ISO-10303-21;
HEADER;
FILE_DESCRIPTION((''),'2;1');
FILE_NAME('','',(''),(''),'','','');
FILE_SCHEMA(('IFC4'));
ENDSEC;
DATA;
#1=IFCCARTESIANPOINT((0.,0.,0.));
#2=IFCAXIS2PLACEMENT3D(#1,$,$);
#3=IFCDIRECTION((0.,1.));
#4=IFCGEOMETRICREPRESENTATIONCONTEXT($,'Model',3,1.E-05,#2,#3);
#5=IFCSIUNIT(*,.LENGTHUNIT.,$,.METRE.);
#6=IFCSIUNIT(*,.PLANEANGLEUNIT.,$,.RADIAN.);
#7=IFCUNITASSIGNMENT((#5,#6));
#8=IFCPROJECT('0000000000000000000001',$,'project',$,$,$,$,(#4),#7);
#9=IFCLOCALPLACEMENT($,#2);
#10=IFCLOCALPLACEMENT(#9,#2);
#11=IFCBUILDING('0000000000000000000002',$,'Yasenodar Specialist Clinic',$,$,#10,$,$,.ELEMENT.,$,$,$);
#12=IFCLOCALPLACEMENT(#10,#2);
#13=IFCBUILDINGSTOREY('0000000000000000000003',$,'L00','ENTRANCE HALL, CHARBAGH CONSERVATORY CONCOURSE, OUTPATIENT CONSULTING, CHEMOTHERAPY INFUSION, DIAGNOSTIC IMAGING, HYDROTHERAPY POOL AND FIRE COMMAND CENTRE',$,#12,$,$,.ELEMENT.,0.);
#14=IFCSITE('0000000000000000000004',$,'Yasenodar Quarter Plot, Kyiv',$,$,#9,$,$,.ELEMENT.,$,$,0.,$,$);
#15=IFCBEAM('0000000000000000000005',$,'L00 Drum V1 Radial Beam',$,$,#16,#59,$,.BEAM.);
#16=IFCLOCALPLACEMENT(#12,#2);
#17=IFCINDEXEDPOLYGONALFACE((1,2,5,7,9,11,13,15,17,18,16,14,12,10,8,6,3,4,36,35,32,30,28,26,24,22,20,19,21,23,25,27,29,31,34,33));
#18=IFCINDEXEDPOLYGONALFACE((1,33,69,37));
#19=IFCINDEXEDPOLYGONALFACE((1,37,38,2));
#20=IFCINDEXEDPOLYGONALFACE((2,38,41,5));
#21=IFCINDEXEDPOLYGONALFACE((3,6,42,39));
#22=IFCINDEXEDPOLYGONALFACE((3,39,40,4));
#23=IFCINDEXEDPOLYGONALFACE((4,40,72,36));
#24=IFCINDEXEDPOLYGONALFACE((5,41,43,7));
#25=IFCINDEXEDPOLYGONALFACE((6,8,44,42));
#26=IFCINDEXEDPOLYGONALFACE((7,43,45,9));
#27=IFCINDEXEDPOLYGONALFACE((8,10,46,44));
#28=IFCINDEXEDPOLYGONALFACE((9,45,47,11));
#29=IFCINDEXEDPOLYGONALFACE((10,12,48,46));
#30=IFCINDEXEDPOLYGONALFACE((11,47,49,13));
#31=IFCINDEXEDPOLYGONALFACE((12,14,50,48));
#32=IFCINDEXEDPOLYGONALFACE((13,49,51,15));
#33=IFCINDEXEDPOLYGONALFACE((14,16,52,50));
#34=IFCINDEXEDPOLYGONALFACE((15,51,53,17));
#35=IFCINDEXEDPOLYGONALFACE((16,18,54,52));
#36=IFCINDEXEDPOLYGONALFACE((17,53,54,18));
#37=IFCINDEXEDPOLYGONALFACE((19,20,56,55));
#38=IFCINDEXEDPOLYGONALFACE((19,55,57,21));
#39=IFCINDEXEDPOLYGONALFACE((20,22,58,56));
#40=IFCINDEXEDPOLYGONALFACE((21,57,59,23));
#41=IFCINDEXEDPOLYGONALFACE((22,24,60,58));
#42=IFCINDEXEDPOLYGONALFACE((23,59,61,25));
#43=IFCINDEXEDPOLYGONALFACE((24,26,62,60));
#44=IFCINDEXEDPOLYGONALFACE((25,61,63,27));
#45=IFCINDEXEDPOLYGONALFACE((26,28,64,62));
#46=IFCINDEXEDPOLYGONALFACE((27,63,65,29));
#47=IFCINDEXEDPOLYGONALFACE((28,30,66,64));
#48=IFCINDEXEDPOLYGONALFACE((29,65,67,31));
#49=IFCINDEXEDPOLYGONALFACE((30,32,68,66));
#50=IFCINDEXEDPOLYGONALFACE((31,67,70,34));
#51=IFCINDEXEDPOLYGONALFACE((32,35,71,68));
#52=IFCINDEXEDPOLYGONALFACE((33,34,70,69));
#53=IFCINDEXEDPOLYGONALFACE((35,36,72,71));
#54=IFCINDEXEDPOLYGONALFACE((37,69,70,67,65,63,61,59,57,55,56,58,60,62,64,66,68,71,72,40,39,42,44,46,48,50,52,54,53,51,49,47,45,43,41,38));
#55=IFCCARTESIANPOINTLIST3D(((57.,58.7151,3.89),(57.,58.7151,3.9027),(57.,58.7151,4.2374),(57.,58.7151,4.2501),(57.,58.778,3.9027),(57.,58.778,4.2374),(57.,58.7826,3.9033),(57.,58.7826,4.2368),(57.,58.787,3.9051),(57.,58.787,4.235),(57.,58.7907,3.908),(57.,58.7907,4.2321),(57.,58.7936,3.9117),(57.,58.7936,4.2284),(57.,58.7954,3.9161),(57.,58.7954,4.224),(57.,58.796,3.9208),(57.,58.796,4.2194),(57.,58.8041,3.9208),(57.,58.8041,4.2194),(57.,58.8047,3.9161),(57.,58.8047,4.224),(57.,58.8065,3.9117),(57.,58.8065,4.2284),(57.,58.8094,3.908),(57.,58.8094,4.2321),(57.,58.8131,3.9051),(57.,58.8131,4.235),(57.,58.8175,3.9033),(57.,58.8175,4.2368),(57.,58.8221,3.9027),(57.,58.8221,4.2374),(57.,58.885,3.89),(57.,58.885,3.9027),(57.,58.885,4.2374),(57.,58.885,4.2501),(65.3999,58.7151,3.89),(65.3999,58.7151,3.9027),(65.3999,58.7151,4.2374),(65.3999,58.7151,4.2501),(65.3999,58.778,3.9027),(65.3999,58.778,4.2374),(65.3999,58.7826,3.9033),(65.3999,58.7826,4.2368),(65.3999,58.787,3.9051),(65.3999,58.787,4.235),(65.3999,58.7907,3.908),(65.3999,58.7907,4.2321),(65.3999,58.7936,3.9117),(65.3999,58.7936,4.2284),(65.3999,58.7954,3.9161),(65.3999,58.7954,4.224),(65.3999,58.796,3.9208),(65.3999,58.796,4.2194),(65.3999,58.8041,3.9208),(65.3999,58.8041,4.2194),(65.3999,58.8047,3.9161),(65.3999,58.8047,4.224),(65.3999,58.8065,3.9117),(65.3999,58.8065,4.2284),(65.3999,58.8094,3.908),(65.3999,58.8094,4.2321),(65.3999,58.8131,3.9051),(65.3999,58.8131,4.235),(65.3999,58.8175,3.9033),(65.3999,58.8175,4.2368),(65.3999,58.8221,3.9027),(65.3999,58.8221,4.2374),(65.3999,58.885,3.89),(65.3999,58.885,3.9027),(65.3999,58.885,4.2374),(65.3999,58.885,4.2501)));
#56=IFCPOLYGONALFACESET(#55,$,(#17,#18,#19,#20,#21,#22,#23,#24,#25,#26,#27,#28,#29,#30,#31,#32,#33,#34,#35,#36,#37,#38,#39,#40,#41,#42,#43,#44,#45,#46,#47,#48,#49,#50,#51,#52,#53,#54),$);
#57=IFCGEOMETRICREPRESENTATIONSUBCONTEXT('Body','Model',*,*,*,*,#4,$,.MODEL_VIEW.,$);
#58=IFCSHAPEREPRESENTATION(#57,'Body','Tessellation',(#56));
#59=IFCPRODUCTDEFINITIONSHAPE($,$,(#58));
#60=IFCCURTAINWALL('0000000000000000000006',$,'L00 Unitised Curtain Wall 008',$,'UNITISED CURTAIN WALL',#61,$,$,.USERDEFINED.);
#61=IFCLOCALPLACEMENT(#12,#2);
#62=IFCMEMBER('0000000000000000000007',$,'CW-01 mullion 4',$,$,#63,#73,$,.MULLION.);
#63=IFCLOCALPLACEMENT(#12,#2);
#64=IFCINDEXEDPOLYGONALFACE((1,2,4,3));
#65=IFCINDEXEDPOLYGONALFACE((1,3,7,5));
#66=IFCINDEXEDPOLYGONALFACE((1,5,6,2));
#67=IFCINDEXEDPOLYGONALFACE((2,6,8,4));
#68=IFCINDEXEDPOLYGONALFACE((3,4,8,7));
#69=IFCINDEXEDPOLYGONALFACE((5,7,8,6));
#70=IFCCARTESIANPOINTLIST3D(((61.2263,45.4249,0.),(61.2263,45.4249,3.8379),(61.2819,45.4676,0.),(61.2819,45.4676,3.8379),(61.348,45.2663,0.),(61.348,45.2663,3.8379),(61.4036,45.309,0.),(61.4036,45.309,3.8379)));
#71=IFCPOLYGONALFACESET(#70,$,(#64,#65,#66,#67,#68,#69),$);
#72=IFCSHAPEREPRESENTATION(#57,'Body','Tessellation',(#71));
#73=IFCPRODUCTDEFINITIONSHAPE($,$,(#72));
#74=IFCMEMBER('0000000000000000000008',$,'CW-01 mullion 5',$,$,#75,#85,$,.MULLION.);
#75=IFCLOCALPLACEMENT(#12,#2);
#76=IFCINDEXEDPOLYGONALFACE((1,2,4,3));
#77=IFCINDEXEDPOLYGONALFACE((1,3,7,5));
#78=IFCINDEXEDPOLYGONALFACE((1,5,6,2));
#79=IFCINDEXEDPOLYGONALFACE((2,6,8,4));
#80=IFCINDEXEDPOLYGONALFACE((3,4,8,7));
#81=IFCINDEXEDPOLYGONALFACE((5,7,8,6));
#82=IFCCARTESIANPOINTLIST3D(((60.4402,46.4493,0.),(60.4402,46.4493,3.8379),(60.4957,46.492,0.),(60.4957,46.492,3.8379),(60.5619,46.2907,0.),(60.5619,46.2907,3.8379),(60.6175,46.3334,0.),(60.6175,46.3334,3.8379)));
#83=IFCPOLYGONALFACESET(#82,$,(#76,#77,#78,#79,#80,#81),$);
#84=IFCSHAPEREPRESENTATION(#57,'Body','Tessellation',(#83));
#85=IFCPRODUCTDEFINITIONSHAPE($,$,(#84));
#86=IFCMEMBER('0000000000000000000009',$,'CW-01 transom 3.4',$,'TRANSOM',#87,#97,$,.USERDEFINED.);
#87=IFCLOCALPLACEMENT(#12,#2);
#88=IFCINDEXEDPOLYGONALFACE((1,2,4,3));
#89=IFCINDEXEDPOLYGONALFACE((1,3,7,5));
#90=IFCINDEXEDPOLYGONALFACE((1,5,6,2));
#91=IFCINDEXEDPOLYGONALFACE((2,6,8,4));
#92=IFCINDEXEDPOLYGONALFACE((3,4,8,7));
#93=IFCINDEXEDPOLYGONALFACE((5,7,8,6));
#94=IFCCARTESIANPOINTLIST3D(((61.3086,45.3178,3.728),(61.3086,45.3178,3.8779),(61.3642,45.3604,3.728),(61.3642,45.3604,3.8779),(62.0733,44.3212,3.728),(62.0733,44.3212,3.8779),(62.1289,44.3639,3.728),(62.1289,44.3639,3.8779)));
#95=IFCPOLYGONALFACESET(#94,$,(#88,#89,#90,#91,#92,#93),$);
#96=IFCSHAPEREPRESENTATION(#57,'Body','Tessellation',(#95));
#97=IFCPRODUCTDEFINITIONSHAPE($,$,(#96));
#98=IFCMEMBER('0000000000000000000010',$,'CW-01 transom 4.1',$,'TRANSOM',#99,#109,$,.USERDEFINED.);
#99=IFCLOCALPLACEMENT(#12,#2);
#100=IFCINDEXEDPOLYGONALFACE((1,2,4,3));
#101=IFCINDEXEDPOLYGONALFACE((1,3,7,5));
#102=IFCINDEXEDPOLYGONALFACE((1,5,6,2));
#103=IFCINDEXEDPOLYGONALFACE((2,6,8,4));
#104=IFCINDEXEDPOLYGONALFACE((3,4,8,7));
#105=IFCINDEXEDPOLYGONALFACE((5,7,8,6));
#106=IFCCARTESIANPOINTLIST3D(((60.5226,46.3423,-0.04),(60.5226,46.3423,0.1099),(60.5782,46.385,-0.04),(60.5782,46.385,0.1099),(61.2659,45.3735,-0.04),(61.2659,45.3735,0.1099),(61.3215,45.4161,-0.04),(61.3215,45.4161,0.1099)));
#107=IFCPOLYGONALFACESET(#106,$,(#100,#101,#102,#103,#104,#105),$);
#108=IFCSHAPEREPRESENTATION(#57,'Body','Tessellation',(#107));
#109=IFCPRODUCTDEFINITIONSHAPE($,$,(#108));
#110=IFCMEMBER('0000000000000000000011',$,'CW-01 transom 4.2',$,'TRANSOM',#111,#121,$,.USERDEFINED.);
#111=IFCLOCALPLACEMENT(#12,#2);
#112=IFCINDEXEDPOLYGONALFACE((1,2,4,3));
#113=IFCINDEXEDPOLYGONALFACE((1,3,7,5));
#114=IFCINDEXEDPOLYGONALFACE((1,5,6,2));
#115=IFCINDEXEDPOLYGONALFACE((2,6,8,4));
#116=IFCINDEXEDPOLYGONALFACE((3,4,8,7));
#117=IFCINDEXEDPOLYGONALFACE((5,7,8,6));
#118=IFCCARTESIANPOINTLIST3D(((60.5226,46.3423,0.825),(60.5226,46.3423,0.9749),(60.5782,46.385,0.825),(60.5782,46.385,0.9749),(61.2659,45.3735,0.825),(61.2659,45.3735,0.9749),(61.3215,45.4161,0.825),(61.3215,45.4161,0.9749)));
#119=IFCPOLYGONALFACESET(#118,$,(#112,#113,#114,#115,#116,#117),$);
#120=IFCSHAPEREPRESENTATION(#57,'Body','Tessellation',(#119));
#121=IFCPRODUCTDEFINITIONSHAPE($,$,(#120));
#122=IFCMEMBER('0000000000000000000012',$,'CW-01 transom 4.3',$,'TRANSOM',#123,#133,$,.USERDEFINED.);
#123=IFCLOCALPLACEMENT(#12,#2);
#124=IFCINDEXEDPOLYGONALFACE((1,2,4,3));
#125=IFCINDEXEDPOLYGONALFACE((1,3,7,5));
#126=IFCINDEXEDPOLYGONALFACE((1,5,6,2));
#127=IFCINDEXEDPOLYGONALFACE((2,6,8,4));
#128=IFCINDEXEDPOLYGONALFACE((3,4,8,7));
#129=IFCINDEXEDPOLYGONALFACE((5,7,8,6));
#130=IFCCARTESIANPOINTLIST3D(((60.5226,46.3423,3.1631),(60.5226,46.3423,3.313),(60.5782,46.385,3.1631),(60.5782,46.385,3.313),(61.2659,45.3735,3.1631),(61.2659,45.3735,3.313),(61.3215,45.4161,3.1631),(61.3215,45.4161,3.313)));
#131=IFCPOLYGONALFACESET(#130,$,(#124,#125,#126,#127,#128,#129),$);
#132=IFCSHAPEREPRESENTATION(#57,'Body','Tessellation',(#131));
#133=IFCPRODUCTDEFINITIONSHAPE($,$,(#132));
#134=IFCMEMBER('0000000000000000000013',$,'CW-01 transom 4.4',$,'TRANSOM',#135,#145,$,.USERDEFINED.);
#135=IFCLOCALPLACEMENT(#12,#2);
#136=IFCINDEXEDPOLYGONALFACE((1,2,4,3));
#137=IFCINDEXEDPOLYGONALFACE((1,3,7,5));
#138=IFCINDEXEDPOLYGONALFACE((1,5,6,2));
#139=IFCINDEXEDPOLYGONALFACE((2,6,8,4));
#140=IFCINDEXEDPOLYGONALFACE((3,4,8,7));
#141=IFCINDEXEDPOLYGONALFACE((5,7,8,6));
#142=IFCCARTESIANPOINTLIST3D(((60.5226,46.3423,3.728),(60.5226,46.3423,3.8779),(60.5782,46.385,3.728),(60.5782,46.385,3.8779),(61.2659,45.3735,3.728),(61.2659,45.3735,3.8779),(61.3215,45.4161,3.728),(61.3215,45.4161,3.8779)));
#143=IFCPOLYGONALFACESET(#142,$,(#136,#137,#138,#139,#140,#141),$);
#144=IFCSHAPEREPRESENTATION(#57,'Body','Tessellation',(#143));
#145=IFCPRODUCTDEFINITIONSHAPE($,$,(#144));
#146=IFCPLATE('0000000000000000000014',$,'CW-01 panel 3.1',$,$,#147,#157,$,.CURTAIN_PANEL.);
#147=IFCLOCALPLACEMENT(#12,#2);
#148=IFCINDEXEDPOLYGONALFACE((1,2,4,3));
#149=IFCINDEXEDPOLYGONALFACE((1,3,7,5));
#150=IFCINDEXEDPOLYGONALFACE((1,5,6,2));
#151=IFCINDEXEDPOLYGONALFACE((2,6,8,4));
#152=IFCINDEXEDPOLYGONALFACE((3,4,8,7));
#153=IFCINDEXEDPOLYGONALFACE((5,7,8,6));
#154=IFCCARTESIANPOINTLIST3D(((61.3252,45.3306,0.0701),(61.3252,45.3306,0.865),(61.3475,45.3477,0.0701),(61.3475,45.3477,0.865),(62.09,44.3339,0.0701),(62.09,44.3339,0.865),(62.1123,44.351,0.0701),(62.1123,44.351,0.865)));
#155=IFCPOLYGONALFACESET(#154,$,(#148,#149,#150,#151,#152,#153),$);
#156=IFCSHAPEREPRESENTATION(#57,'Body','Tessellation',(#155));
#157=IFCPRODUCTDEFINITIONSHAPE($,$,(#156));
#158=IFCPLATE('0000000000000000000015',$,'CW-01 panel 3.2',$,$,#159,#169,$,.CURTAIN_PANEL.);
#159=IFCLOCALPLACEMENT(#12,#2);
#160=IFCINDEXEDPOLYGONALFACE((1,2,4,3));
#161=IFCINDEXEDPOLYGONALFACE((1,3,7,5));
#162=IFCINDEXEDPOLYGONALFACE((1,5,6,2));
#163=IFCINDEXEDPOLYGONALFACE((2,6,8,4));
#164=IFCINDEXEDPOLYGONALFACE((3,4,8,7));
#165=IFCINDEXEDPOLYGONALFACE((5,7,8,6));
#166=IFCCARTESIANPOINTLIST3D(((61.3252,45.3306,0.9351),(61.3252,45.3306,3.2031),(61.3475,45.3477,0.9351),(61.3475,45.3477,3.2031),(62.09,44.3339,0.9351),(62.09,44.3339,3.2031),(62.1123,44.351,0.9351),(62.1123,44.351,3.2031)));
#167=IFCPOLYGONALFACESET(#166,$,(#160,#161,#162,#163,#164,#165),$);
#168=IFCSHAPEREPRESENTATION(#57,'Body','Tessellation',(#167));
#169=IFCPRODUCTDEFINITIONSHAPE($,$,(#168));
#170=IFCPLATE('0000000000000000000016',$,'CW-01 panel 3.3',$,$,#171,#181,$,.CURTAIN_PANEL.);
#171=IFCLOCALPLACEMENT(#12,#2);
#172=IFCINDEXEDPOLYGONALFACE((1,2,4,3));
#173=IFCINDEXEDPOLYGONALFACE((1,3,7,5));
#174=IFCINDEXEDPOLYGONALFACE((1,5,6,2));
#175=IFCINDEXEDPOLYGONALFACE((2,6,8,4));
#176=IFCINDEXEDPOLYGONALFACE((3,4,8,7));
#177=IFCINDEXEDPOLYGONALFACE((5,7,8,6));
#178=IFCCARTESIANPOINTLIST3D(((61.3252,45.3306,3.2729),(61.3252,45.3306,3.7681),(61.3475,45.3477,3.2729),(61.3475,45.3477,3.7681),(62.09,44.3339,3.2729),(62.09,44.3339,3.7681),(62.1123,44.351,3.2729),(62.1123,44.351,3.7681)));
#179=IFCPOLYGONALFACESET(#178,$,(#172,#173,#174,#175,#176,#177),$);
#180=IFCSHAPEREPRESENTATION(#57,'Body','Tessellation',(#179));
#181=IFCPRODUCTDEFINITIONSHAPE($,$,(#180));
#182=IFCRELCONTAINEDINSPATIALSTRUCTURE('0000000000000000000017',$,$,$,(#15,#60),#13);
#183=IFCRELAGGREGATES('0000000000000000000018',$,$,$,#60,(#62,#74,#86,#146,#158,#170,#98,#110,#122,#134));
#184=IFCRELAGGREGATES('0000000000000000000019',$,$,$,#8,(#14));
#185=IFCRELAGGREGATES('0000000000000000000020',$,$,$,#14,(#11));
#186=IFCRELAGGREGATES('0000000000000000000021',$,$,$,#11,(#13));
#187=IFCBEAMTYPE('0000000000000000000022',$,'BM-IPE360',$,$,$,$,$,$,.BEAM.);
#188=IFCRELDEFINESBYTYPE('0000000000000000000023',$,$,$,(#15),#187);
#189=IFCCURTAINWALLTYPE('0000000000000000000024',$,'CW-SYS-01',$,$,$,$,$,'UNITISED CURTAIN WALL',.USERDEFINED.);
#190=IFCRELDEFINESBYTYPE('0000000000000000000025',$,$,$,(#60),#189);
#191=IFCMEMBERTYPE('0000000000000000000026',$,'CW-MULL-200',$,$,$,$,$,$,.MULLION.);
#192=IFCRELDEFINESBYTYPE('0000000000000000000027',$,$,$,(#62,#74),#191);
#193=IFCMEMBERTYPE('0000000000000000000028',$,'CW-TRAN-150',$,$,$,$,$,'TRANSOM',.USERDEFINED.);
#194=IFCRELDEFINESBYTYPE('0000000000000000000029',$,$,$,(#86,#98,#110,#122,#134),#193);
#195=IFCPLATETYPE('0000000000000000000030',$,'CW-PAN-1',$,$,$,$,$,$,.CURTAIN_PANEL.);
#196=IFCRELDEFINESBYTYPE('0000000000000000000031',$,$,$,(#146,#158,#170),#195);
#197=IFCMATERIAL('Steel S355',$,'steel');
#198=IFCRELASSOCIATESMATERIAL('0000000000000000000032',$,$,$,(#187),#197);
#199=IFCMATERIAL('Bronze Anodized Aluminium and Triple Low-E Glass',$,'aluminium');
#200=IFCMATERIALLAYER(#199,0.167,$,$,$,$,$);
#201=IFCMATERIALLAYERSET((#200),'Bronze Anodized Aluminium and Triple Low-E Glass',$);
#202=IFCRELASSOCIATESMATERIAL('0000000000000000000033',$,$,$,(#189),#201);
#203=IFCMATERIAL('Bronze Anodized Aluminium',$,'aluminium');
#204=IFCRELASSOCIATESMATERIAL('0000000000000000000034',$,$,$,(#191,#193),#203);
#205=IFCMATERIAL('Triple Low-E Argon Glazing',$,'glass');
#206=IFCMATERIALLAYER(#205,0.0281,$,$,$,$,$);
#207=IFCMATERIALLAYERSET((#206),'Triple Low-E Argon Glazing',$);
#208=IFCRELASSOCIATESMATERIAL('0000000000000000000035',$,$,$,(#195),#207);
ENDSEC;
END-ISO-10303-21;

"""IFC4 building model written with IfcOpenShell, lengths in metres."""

from ifc_helpers import new_model, si_unit, direction, frame, origin, origin_2d, place, context, subcontext, project, spatial, rectangle, i_section, extrude, material, layer, layer_set, material_profile, profile_set, type_object, element, aggregate, save


model = new_model("IFC4")

# Units and contexts
model_context = context("Model", 3, precision=1e-05, world=origin(), true_north=direction((0.0, 1.0)))
body_context = subcontext(model_context, "Body", "Model", "MODEL_VIEW")
ifc_project = project(units=[si_unit("LENGTHUNIT", "METRE"), si_unit("PLANEANGLEUNIT", "RADIAN")], contexts=[model_context])

# Site, building, storey
site_placement = place(None, origin())
site = spatial("IfcSite", under=ifc_project, at=site_placement, Name="Yasenodar Quarter Plot, Kyiv", CompositionType="ELEMENT", RefElevation=0.0)
building_placement = place(site_placement, origin())
building = spatial("IfcBuilding", under=site, at=building_placement, Name="Yasenodar Specialist Clinic", CompositionType="ELEMENT")
storey_placement = place(building_placement, origin())
storey = spatial("IfcBuildingStorey", under=building, at=storey_placement, Name="L00", Description="ENTRANCE HALL, CHARBAGH CONSERVATORY CONCOURSE, OUTPATIENT CONSULTING, CHEMOTHERAPY INFUSION, DIAGNOSTIC IMAGING, HYDROTHERAPY POOL AND FIRE COMMAND CENTRE", CompositionType="ELEMENT", Elevation=0.0)

# Shared definitions
ifc_material_1 = material(Name="Steel S355", Category="steel")

# Beam
ifc_material_profile_1 = material_profile(ifc_material_1, i_section(OverallWidth=0.1699, OverallDepth=0.3601, WebThickness=0.0081, FlangeThickness=0.0127, FilletRadius=0.0181, at=origin_2d()), Name="IPE 360")
ifc_profile_set_1 = profile_set([ifc_material_profile_1], Name="Steel S355")
beam_type_1 = type_object("IfcBeamType", Name="BM-IPE360", PredefinedType="BEAM", material=ifc_profile_set_1)
beam_1_placement = place(storey_placement, frame((65.3999, 58.8, 4.0701), z_axis=(-1.0, 0.0, 0.0), x_axis=(0.0, -1.0, 0.0)))
element("IfcBeam", 1, at=beam_1_placement, inside=storey, type_object=beam_type_1, Name="L00 Drum V1 Radial Beam", PredefinedType="BEAM", context=body_context, shape_type="SweptSolid", body=[
    extrude(i_section(OverallWidth=0.1699, OverallDepth=0.3601, WebThickness=0.0081, FlangeThickness=0.0127, FilletRadius=0.0181, at=origin_2d()), origin(), (0.0, 0.0, 1.0), 8.3999),
])

# Curtain wall, members, plates
ifc_material_2 = material(Name="Bronze Anodized Aluminium and Triple Low-E Glass", Category="aluminium")
ifc_layer_1 = layer(ifc_material_2, 0.167)
ifc_layer_set_1 = layer_set([ifc_layer_1], Name="Bronze Anodized Aluminium and Triple Low-E Glass")
curtain_wall_type = type_object("IfcCurtainWallType", Name="CW-SYS-01", ElementType="UNITISED CURTAIN WALL", PredefinedType="USERDEFINED", material=ifc_layer_set_1)
curtain_wall_placement = place(storey_placement, origin())
curtain_wall = element("IfcCurtainWall", 2, at=curtain_wall_placement, inside=storey, type_object=curtain_wall_type, Name="L00 Unitised Curtain Wall 008", ObjectType="UNITISED CURTAIN WALL", PredefinedType="USERDEFINED")
ifc_material_3 = material(Name="Bronze Anodized Aluminium", Category="aluminium")
ifc_material_profile_2 = material_profile(ifc_material_3, rectangle(XDim=0.0701, YDim=0.2, at=origin_2d()), Name="CW-MULL 70x200")
ifc_profile_set_2 = profile_set([ifc_material_profile_2], Name="Bronze Anodized Aluminium")
member_type_1 = type_object("IfcMemberType", Name="CW-MULL-200", PredefinedType="MULLION", material=ifc_profile_set_2)
member_1_placement = place(storey_placement, frame((61.3149, 45.3669, 0.0), z_axis=(0.0, 0.0, 1.0), x_axis=(-0.793361, -0.608752, 0.0)))
member_1 = element("IfcMember", 3, at=member_1_placement, type_object=member_type_1, Name="CW-01 mullion 4", PredefinedType="MULLION", context=body_context, shape_type="SweptSolid", body=[
    extrude(rectangle(XDim=0.0701, YDim=0.2, at=origin_2d()), origin(), (0.0, 0.0, 1.0), 3.8379),
])
member_2_placement = place(storey_placement, frame((60.5288, 46.3914, 0.0), z_axis=(0.0, 0.0, 1.0), x_axis=(-0.793361, -0.608752, 0.0)))
member_2 = element("IfcMember", 4, at=member_2_placement, type_object=member_type_1, Name="CW-01 mullion 5", PredefinedType="MULLION", context=body_context, shape_type="SweptSolid", body=[
    extrude(rectangle(XDim=0.0701, YDim=0.2, at=origin_2d()), origin(), (0.0, 0.0, 1.0), 3.8379),
])
ifc_material_profile_3 = material_profile(ifc_material_3, rectangle(XDim=0.0701, YDim=0.1499, at=origin_2d()), Name="CW-TRAN 70x150")
ifc_profile_set_3 = profile_set([ifc_material_profile_3], Name="Bronze Anodized Aluminium")
member_type_2 = type_object("IfcMemberType", Name="CW-TRAN-150", ElementType="TRANSOM", PredefinedType="USERDEFINED", material=ifc_profile_set_3)
member_3_placement = place(storey_placement, frame((62.1011, 44.3425, 3.803), z_axis=(-0.608733, 0.793375, 0.0), x_axis=(-0.793375, -0.608733, 0.0)))
member_3 = element("IfcMember", 5, at=member_3_placement, type_object=member_type_2, Name="CW-01 transom 3.4", ObjectType="TRANSOM", PredefinedType="USERDEFINED", context=body_context, shape_type="SweptSolid", body=[
    extrude(rectangle(XDim=0.0701, YDim=0.1499, at=origin_2d()), origin(), (0.0, 0.0, 1.0), 1.2561),
])
member_4_placement = place(storey_placement, frame((61.2937, 45.3948, 0.0349), z_axis=(-0.608696, 0.793404, 0.0), x_axis=(-0.793404, -0.608696, 0.0)))
member_4 = element("IfcMember", 6, at=member_4_placement, type_object=member_type_2, Name="CW-01 transom 4.1", ObjectType="TRANSOM", PredefinedType="USERDEFINED", context=body_context, shape_type="SweptSolid", body=[
    extrude(rectangle(XDim=0.0701, YDim=0.1499, at=origin_2d()), origin(), (0.0, 0.0, 1.0), 1.2212),
])
member_5_placement = place(storey_placement, frame((61.2937, 45.3948, 0.8999), z_axis=(-0.608696, 0.793404, 0.0), x_axis=(-0.793404, -0.608696, 0.0)))
member_5 = element("IfcMember", 7, at=member_5_placement, type_object=member_type_2, Name="CW-01 transom 4.2", ObjectType="TRANSOM", PredefinedType="USERDEFINED", context=body_context, shape_type="SweptSolid", body=[
    extrude(rectangle(XDim=0.0701, YDim=0.1499, at=origin_2d()), origin(), (0.0, 0.0, 1.0), 1.2212),
])
member_6_placement = place(storey_placement, frame((61.2937, 45.3948, 3.238), z_axis=(-0.608696, 0.793404, 0.0), x_axis=(-0.793404, -0.608696, 0.0)))
member_6 = element("IfcMember", 8, at=member_6_placement, type_object=member_type_2, Name="CW-01 transom 4.3", ObjectType="TRANSOM", PredefinedType="USERDEFINED", context=body_context, shape_type="SweptSolid", body=[
    extrude(rectangle(XDim=0.0701, YDim=0.1499, at=origin_2d()), origin(), (0.0, 0.0, 1.0), 1.2212),
])
member_7_placement = place(storey_placement, frame((61.2937, 45.3948, 3.803), z_axis=(-0.608696, 0.793404, 0.0), x_axis=(-0.793404, -0.608696, 0.0)))
member_7 = element("IfcMember", 9, at=member_7_placement, type_object=member_type_2, Name="CW-01 transom 4.4", ObjectType="TRANSOM", PredefinedType="USERDEFINED", context=body_context, shape_type="SweptSolid", body=[
    extrude(rectangle(XDim=0.0701, YDim=0.1499, at=origin_2d()), origin(), (0.0, 0.0, 1.0), 1.2212),
])
ifc_material_4 = material(Name="Triple Low-E Argon Glazing", Category="glass")
ifc_layer_2 = layer(ifc_material_4, 0.0281)
ifc_layer_set_2 = layer_set([ifc_layer_2], Name="Triple Low-E Argon Glazing")
plate_type = type_object("IfcPlateType", Name="CW-PAN-1", PredefinedType="CURTAIN_PANEL", material=ifc_layer_set_2)
plate_1_placement = place(storey_placement, frame((61.7188, 44.8408, 0.0701), z_axis=(0.0, 0.0, 1.0), x_axis=(-0.608752, 0.793361, 0.0)))
plate_1 = element("IfcPlate", 10, at=plate_1_placement, type_object=plate_type, Name="CW-01 panel 3.1", PredefinedType="CURTAIN_PANEL", context=body_context, shape_type="SweptSolid", body=[
    extrude(rectangle(XDim=1.2563, YDim=0.0281, at=origin_2d()), origin(), (0.0, 0.0, 1.0), 0.7949),
])
plate_2_placement = place(storey_placement, frame((61.7188, 44.8408, 0.9351), z_axis=(0.0, 0.0, 1.0), x_axis=(-0.608752, 0.793361, 0.0)))
plate_2 = element("IfcPlate", 11, at=plate_2_placement, type_object=plate_type, Name="CW-01 panel 3.2", PredefinedType="CURTAIN_PANEL", context=body_context, shape_type="SweptSolid", body=[
    extrude(rectangle(XDim=1.2563, YDim=0.0281, at=origin_2d()), origin(), (0.0, 0.0, 1.0), 2.2681),
])
plate_3_placement = place(storey_placement, frame((61.7188, 44.8408, 3.2729), z_axis=(0.0, 0.0, 1.0), x_axis=(-0.608752, 0.793361, 0.0)))
plate_3 = element("IfcPlate", 12, at=plate_3_placement, type_object=plate_type, Name="CW-01 panel 3.3", PredefinedType="CURTAIN_PANEL", context=body_context, shape_type="SweptSolid", body=[
    extrude(rectangle(XDim=1.2563, YDim=0.0281, at=origin_2d()), origin(), (0.0, 0.0, 1.0), 0.4951),
])
aggregate(curtain_wall, [member_1, member_2, member_3, plate_1, plate_2, plate_3, member_4, member_5, member_6, member_7])

save(model, "model.ifc")
